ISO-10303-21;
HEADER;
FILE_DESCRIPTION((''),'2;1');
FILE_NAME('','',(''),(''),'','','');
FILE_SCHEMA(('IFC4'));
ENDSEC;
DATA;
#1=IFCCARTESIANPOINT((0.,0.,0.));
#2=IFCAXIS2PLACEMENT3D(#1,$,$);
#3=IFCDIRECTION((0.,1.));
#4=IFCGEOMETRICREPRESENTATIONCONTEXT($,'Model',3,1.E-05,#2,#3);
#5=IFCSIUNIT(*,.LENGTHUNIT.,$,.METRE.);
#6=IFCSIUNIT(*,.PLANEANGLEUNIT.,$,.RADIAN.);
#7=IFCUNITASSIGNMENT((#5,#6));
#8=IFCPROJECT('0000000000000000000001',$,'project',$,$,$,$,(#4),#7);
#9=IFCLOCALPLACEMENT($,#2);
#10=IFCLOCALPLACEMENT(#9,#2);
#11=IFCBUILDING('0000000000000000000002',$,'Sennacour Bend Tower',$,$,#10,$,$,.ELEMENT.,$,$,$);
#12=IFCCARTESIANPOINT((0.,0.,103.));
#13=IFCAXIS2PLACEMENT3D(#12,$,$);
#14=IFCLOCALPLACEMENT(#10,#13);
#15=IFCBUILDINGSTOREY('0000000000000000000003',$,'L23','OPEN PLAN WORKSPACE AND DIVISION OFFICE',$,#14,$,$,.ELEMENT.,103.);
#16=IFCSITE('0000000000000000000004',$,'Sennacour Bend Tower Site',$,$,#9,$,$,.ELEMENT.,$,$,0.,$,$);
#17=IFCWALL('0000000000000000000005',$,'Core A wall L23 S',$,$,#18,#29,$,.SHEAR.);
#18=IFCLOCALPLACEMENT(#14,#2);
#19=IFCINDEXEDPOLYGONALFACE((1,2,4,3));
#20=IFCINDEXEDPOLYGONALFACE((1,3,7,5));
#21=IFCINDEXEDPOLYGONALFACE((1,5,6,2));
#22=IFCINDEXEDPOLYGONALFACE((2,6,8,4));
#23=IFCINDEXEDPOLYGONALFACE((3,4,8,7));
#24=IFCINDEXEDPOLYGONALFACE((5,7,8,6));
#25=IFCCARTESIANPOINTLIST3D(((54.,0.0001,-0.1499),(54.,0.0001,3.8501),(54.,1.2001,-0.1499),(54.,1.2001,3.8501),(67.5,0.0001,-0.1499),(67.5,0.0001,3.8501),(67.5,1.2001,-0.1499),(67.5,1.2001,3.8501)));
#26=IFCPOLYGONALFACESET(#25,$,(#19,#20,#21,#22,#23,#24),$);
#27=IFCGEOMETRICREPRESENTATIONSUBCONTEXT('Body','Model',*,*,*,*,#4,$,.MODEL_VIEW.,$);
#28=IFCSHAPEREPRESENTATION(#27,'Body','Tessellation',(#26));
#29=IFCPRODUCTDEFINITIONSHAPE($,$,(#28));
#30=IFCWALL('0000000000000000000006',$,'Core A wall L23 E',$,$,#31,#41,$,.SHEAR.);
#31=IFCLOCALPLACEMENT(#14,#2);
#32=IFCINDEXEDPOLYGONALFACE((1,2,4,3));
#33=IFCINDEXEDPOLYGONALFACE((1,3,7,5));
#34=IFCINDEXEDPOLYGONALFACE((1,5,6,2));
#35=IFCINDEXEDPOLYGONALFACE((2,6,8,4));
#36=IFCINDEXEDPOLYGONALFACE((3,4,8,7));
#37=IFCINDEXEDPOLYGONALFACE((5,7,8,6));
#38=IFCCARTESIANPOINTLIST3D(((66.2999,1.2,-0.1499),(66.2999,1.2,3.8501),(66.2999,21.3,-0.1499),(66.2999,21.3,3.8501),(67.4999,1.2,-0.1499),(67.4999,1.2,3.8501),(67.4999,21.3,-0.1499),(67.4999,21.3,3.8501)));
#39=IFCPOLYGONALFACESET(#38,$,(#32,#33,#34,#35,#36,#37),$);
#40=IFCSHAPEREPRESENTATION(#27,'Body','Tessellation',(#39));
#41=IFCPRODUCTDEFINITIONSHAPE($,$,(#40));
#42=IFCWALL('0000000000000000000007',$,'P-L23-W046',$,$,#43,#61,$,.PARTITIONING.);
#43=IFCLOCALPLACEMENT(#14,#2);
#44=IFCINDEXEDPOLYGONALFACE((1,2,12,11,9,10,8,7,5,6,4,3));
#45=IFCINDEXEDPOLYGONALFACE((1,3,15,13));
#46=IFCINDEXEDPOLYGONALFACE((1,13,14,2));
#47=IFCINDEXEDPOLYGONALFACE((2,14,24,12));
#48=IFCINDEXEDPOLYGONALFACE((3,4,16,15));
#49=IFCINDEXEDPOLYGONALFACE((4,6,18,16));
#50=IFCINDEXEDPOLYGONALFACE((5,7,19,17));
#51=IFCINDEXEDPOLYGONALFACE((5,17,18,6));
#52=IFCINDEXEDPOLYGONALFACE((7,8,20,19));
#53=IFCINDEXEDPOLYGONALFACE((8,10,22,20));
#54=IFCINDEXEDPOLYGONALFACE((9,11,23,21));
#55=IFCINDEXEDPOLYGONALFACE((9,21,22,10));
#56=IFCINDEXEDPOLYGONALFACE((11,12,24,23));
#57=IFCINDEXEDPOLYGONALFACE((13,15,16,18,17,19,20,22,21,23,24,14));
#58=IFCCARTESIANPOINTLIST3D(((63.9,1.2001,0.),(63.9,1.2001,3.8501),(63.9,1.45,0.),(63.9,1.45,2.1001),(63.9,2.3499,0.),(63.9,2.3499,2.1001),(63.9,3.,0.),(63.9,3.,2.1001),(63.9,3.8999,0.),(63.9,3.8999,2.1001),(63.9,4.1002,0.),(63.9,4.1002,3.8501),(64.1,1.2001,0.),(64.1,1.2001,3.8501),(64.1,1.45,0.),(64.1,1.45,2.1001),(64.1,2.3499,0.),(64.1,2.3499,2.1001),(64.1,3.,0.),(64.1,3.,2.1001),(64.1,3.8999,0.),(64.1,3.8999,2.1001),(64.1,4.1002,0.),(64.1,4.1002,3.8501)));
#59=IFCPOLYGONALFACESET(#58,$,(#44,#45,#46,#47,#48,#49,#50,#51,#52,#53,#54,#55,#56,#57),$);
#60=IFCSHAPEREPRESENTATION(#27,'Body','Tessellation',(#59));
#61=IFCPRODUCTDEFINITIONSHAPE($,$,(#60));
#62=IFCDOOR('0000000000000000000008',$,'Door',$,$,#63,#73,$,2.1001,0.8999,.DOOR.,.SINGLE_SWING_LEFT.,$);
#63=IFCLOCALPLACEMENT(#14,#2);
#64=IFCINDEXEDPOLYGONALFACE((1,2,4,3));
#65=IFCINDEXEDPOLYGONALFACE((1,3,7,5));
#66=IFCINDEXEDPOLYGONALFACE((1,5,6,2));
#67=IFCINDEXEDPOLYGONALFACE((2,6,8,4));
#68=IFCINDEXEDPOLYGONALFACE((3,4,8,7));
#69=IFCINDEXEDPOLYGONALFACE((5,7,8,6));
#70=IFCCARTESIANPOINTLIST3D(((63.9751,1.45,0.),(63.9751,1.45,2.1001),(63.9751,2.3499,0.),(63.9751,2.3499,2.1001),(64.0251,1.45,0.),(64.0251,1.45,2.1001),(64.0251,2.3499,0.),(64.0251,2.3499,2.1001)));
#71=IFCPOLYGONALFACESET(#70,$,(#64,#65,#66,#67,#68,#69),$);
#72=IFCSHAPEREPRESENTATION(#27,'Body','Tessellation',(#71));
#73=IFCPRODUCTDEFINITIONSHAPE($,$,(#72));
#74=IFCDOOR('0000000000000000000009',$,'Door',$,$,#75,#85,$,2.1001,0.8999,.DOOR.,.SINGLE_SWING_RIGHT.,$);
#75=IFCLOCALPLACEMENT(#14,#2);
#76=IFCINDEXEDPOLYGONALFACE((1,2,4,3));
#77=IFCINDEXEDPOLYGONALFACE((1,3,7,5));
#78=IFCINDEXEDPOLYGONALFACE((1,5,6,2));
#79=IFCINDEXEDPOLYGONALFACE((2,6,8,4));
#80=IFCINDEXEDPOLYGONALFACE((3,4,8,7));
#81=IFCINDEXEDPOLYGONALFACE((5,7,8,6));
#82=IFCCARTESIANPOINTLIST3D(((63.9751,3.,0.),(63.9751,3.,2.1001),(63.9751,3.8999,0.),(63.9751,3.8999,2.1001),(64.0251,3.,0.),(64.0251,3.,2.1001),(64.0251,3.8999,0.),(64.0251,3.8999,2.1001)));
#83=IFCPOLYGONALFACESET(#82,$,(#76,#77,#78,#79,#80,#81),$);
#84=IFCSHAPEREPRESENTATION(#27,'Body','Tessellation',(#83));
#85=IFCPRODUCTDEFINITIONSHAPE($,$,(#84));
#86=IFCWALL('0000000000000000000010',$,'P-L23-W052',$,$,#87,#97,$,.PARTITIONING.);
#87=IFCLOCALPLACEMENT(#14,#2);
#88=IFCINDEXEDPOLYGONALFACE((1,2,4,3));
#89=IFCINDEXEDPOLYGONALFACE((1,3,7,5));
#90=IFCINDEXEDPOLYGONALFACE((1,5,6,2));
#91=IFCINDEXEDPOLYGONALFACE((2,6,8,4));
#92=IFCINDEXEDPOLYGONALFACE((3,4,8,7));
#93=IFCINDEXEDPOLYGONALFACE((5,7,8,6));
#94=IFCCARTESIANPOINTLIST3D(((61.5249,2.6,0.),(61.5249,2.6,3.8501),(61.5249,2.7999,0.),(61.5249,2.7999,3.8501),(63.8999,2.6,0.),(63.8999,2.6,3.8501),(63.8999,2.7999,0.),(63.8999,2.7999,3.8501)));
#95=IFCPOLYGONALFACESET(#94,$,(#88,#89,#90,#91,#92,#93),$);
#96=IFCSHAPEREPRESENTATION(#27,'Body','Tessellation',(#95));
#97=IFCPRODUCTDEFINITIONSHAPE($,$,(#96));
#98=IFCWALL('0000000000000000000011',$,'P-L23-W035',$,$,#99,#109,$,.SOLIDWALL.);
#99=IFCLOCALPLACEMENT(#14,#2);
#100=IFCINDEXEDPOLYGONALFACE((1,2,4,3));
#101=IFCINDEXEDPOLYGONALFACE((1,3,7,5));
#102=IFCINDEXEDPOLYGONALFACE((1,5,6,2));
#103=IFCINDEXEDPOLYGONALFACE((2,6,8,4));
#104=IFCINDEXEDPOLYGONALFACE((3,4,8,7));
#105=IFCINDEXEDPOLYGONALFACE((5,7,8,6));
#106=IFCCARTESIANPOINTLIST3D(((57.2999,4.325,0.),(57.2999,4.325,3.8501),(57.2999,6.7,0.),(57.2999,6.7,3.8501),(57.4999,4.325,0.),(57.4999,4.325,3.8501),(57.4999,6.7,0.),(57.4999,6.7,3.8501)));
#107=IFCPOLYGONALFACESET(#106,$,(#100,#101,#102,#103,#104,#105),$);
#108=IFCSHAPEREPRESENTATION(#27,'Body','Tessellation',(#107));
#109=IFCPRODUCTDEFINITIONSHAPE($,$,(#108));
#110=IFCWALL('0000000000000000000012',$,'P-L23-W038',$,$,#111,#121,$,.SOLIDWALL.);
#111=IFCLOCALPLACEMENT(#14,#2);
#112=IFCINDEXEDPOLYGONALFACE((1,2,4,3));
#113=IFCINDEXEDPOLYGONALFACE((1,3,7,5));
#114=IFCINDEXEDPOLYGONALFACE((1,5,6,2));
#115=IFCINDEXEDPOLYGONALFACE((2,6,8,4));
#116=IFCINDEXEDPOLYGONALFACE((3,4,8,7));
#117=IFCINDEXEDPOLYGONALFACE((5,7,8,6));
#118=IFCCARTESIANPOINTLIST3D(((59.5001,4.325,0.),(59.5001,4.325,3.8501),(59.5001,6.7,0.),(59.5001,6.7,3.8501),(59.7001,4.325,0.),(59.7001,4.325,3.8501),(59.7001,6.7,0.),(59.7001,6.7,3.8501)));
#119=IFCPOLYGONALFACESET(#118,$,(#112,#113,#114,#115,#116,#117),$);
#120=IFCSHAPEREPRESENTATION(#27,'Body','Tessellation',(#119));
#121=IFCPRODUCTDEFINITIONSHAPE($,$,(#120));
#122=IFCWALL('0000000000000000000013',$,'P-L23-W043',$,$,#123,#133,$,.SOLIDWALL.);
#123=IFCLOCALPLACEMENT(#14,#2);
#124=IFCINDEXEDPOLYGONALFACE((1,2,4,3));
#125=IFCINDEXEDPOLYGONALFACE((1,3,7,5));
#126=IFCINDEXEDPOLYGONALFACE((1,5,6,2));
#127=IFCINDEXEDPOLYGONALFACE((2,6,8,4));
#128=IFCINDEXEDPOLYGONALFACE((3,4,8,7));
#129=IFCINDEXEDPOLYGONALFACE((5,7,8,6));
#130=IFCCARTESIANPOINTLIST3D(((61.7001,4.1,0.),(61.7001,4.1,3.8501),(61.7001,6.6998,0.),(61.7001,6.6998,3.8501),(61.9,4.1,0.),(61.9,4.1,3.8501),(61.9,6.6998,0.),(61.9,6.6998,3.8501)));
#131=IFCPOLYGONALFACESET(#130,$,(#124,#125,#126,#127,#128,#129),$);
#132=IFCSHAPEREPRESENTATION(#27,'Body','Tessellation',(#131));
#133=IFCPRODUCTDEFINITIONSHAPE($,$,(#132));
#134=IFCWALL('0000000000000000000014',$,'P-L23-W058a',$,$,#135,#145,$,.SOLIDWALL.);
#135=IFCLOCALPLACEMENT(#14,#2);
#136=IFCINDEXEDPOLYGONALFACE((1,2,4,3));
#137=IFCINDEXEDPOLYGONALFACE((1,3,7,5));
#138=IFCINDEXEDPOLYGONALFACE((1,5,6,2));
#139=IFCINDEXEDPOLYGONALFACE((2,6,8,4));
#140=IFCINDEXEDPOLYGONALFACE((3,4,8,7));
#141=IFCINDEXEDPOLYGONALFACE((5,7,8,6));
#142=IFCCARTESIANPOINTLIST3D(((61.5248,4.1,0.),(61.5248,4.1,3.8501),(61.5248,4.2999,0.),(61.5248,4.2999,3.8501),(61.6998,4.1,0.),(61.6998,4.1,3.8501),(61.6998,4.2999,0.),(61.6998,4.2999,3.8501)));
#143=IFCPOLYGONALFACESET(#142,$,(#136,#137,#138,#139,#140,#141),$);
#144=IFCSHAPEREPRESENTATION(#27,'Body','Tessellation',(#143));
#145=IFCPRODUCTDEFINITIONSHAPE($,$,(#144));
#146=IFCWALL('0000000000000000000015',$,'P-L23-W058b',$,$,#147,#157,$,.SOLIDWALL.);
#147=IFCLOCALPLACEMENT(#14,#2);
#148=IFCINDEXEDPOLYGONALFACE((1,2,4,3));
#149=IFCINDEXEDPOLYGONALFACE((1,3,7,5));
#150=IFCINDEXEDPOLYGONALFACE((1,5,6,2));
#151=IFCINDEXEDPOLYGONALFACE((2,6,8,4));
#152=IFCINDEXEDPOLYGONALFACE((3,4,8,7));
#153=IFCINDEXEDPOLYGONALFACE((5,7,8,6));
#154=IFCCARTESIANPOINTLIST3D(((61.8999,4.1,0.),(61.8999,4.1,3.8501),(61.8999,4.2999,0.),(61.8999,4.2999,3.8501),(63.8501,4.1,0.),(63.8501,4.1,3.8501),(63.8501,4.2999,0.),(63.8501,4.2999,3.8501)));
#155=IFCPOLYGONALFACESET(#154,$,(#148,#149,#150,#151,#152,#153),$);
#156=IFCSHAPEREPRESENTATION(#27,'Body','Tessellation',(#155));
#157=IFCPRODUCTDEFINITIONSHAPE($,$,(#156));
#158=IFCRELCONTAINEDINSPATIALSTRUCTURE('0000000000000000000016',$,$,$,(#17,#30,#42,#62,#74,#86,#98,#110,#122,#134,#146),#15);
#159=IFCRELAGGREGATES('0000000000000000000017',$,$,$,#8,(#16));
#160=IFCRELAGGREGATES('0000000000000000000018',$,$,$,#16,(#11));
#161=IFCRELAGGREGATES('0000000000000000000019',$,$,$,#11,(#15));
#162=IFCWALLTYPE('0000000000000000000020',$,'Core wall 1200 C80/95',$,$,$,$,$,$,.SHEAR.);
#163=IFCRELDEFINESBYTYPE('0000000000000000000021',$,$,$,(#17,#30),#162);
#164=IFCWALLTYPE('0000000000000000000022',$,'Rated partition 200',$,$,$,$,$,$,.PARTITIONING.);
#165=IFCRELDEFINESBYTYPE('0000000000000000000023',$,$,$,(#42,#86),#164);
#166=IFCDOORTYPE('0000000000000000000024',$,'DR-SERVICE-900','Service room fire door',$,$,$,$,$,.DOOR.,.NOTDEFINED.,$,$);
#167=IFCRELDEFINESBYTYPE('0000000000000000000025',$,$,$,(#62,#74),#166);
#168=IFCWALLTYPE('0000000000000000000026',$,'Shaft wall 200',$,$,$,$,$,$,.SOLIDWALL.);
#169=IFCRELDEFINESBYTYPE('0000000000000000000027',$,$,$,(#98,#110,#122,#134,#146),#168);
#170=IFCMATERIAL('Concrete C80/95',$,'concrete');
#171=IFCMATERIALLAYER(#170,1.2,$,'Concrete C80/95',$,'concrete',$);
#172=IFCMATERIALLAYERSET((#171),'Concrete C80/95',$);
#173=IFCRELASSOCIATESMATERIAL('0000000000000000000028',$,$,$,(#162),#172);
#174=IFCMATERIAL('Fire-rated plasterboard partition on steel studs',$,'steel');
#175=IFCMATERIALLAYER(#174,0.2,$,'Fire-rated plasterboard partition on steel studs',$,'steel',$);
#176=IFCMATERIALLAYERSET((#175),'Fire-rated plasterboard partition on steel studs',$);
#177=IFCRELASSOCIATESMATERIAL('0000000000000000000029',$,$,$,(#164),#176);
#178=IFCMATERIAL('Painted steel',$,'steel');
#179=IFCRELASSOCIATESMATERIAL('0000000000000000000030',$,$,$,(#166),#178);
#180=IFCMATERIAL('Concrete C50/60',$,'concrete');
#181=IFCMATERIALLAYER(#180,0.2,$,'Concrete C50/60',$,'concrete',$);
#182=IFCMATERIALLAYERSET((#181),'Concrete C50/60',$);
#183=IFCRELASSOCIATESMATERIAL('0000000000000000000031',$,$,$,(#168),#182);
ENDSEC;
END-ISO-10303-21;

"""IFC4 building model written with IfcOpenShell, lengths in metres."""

from ifc_helpers import new_model, si_unit, direction, frame, frame_2d, origin, place, context, subcontext, project, spatial, rectangle, extrude, material, layer, layer_set, type_object, element, fill, save


model = new_model("IFC4")

# Units and contexts
model_context = context("Model", 3, precision=1e-05, world=origin(), true_north=direction((0.0, 1.0)))
body_context = subcontext(model_context, "Body", "Model", "MODEL_VIEW")
ifc_project = project(units=[si_unit("LENGTHUNIT", "METRE"), si_unit("PLANEANGLEUNIT", "RADIAN")], contexts=[model_context])

# Site, building, storey
site_placement = place(None, origin())
site = spatial("IfcSite", under=ifc_project, at=site_placement, Name="Sennacour Bend Tower Site", CompositionType="ELEMENT", RefElevation=0.0)
building_placement = place(site_placement, origin())
building = spatial("IfcBuilding", under=site, at=building_placement, Name="Sennacour Bend Tower", CompositionType="ELEMENT")
storey_placement = place(building_placement, frame((0.0, 0.0, 103.0)))
storey = spatial("IfcBuildingStorey", under=building, at=storey_placement, Name="L23", Description="OPEN PLAN WORKSPACE AND DIVISION OFFICE", CompositionType="ELEMENT", Elevation=103.0)

# Walls
ifc_material_1 = material(Name="Concrete C80/95", Category="concrete")
ifc_layer_1 = layer(ifc_material_1, 1.2, Name="Concrete C80/95", Category="concrete")
ifc_layer_set_1 = layer_set([ifc_layer_1], Name="Concrete C80/95")
wall_type_1 = type_object("IfcWallType", Name="Core wall 1200 C80/95", PredefinedType="SHEAR", material=ifc_layer_set_1)
wall_1_placement = place(storey_placement, frame((67.5, 0.6001, -0.1499), z_axis=(0.0, 0.0, 1.0), x_axis=(-1.0, 0.0, 0.0)))
element("IfcWall", 1, at=wall_1_placement, inside=storey, type_object=wall_type_1, Name="Core A wall L23 S", PredefinedType="SHEAR", context=body_context, shape_type="SweptSolid", body=[
    extrude(rectangle(XDim=13.5, YDim=1.2, at=frame_2d((6.75, 0.0))), origin(), (0.0, 0.0, 1.0), 4.0),
])
wall_2_placement = place(storey_placement, frame((66.8999, 1.2, -0.1499), z_axis=(0.0, 0.0, 1.0), x_axis=(0.0, 1.0, 0.0)))
element("IfcWall", 2, at=wall_2_placement, inside=storey, type_object=wall_type_1, Name="Core A wall L23 E", PredefinedType="SHEAR", context=body_context, shape_type="SweptSolid", body=[
    extrude(rectangle(XDim=20.1001, YDim=1.2, at=frame_2d((10.05, 0.0))), origin(), (0.0, 0.0, 1.0), 4.0),
])

# Wall, openings, doors
ifc_material_2 = material(Name="Fire-rated plasterboard partition on steel studs", Category="steel")
ifc_layer_2 = layer(ifc_material_2, 0.2, Name="Fire-rated plasterboard partition on steel studs", Category="steel")
ifc_layer_set_2 = layer_set([ifc_layer_2], Name="Fire-rated plasterboard partition on steel studs")
wall_type_2 = type_object("IfcWallType", Name="Rated partition 200", PredefinedType="PARTITIONING", material=ifc_layer_set_2)
wall_3_placement = place(storey_placement, frame((64.0, 1.2, 0.0), z_axis=(0.0, 0.0, 1.0), x_axis=(0.0, 1.0, 0.0)))
wall_3 = element("IfcWall", 3, at=wall_3_placement, inside=storey, type_object=wall_type_2, Name="P-L23-W046", PredefinedType="PARTITIONING", context=body_context, shape_type="SweptSolid", body=[
    extrude(rectangle(XDim=2.9001, YDim=0.2, at=frame_2d((1.4502, 0.0))), origin(), (0.0, 0.0, 1.0), 3.8501),
])
opening_1_placement = place(wall_3_placement, frame((0.25, 0.0, 0.0)))
opening_1 = element("IfcOpeningElement", 4, at=opening_1_placement, cuts=wall_3, PredefinedType="OPENING", context=body_context, shape_type="SweptSolid", body=[
    extrude(rectangle(XDim=0.8999, YDim=2.1001, at=frame_2d((0.45, 1.05))), frame((0.0, 0.1099, 0.0), z_axis=(0.0, -1.0, 0.0), x_axis=(1.0, 0.0, 0.0)), (0.0, 0.0, 1.0), 0.22),
])
opening_2_placement = place(wall_3_placement, frame((1.8, 0.0, 0.0)))
opening_2 = element("IfcOpeningElement", 5, at=opening_2_placement, cuts=wall_3, PredefinedType="OPENING", context=body_context, shape_type="SweptSolid", body=[
    extrude(rectangle(XDim=0.8999, YDim=2.1001, at=frame_2d((0.45, 1.05))), frame((0.0, 0.1099, 0.0), z_axis=(0.0, -1.0, 0.0), x_axis=(1.0, 0.0, 0.0)), (0.0, 0.0, 1.0), 0.22),
])
ifc_material_3 = material(Name="Painted steel", Category="steel")
door_type_1 = type_object("IfcDoorType", Name="DR-SERVICE-900", Description="Service room fire door", OperationType="NOTDEFINED", PredefinedType="DOOR", material=ifc_material_3)
door_1_placement = place(opening_1_placement, origin())
door_1 = element("IfcDoor", 6, at=door_1_placement, inside=storey, type_object=door_type_1, Name="Door", OperationType="SINGLE_SWING_LEFT", OverallHeight=2.1001, OverallWidth=0.8999, PredefinedType="DOOR", context=body_context, shape_type="SweptSolid", body=[
    extrude(rectangle(XDim=0.8999, YDim=2.1001, at=frame_2d((0.45, 1.05))), frame((0.0, 0.0249, 0.0), z_axis=(0.0, -1.0, 0.0), x_axis=(1.0, 0.0, 0.0)), (0.0, 0.0, 1.0), 0.05),
])
fill(opening_1, door_1)
door_2_placement = place(opening_2_placement, origin())
door_2 = element("IfcDoor", 7, at=door_2_placement, inside=storey, type_object=door_type_1, Name="Door", OperationType="SINGLE_SWING_RIGHT", OverallHeight=2.1001, OverallWidth=0.8999, PredefinedType="DOOR", context=body_context, shape_type="SweptSolid", body=[
    extrude(rectangle(XDim=0.8999, YDim=2.1001, at=frame_2d((0.45, 1.05))), frame((0.0, 0.0249, 0.0), z_axis=(0.0, -1.0, 0.0), x_axis=(1.0, 0.0, 0.0)), (0.0, 0.0, 1.0), 0.05),
])
fill(opening_2, door_2)

# Walls
wall_4_placement = place(storey_placement, frame((61.5249, 2.7, 0.0), z_axis=(0.0, 0.0, 1.0), x_axis=(1.0, 0.0, 0.0)))
element("IfcWall", 8, at=wall_4_placement, inside=storey, type_object=wall_type_2, Name="P-L23-W052", PredefinedType="PARTITIONING", context=body_context, shape_type="SweptSolid", body=[
    extrude(rectangle(XDim=2.375, YDim=0.2, at=frame_2d((1.1875, 0.0))), origin(), (0.0, 0.0, 1.0), 3.8501),
])
ifc_material_4 = material(Name="Concrete C50/60", Category="concrete")
ifc_layer_3 = layer(ifc_material_4, 0.2, Name="Concrete C50/60", Category="concrete")
ifc_layer_set_3 = layer_set([ifc_layer_3], Name="Concrete C50/60")
wall_type_3 = type_object("IfcWallType", Name="Shaft wall 200", PredefinedType="SOLIDWALL", material=ifc_layer_set_3)
for number, where, z_axis, x_axis, name in (
    (9, (57.3999, 4.325, 0.0), (0.0, 0.0, 1.0), (0.0, 1.0, 0.0), "P-L23-W035"),
    (10, (59.6001, 4.325, 0.0), (0.0, 0.0, 1.0), (0.0, 1.0, 0.0), "P-L23-W038"),
):
    element("IfcWall", number, at=place(storey_placement, frame(where, z_axis=z_axis, x_axis=x_axis)), inside=storey, type_object=wall_type_3, Name=name, PredefinedType="SOLIDWALL", context=body_context, shape_type="SweptSolid", body=[
        extrude(rectangle(XDim=2.375, YDim=0.2, at=frame_2d((1.1875, 0.0))), origin(), (0.0, 0.0, 1.0), 3.8501),
    ])
wall_5_placement = place(storey_placement, frame((61.8, 4.1001, 0.0), z_axis=(0.0, 0.0, 1.0), x_axis=(0.0, 1.0, 0.0)))
element("IfcWall", 11, at=wall_5_placement, inside=storey, type_object=wall_type_3, Name="P-L23-W043", PredefinedType="SOLIDWALL", context=body_context, shape_type="SweptSolid", body=[
    extrude(rectangle(XDim=2.5999, YDim=0.2, at=frame_2d((1.2998, 0.0))), origin(), (0.0, 0.0, 1.0), 3.8501),
])
wall_6_placement = place(storey_placement, frame((61.5249, 4.2, 0.0), z_axis=(0.0, 0.0, 1.0), x_axis=(1.0, 0.0, 0.0)))
element("IfcWall", 12, at=wall_6_placement, inside=storey, type_object=wall_type_3, Name="P-L23-W058a", PredefinedType="SOLIDWALL", context=body_context, shape_type="SweptSolid", body=[
    extrude(rectangle(XDim=0.175, YDim=0.2, at=frame_2d((0.0874, 0.0))), origin(), (0.0, 0.0, 1.0), 3.8501),
])
wall_7_placement = place(storey_placement, frame((61.8999, 4.2, 0.0), z_axis=(0.0, 0.0, 1.0), x_axis=(1.0, 0.0, 0.0)))
element("IfcWall", 13, at=wall_7_placement, inside=storey, type_object=wall_type_3, Name="P-L23-W058b", PredefinedType="SOLIDWALL", context=body_context, shape_type="SweptSolid", body=[
    extrude(rectangle(XDim=1.9502, YDim=0.2, at=frame_2d((0.9751, 0.0))), origin(), (0.0, 0.0, 1.0), 3.8501),
])

save(model, "model.ifc")
